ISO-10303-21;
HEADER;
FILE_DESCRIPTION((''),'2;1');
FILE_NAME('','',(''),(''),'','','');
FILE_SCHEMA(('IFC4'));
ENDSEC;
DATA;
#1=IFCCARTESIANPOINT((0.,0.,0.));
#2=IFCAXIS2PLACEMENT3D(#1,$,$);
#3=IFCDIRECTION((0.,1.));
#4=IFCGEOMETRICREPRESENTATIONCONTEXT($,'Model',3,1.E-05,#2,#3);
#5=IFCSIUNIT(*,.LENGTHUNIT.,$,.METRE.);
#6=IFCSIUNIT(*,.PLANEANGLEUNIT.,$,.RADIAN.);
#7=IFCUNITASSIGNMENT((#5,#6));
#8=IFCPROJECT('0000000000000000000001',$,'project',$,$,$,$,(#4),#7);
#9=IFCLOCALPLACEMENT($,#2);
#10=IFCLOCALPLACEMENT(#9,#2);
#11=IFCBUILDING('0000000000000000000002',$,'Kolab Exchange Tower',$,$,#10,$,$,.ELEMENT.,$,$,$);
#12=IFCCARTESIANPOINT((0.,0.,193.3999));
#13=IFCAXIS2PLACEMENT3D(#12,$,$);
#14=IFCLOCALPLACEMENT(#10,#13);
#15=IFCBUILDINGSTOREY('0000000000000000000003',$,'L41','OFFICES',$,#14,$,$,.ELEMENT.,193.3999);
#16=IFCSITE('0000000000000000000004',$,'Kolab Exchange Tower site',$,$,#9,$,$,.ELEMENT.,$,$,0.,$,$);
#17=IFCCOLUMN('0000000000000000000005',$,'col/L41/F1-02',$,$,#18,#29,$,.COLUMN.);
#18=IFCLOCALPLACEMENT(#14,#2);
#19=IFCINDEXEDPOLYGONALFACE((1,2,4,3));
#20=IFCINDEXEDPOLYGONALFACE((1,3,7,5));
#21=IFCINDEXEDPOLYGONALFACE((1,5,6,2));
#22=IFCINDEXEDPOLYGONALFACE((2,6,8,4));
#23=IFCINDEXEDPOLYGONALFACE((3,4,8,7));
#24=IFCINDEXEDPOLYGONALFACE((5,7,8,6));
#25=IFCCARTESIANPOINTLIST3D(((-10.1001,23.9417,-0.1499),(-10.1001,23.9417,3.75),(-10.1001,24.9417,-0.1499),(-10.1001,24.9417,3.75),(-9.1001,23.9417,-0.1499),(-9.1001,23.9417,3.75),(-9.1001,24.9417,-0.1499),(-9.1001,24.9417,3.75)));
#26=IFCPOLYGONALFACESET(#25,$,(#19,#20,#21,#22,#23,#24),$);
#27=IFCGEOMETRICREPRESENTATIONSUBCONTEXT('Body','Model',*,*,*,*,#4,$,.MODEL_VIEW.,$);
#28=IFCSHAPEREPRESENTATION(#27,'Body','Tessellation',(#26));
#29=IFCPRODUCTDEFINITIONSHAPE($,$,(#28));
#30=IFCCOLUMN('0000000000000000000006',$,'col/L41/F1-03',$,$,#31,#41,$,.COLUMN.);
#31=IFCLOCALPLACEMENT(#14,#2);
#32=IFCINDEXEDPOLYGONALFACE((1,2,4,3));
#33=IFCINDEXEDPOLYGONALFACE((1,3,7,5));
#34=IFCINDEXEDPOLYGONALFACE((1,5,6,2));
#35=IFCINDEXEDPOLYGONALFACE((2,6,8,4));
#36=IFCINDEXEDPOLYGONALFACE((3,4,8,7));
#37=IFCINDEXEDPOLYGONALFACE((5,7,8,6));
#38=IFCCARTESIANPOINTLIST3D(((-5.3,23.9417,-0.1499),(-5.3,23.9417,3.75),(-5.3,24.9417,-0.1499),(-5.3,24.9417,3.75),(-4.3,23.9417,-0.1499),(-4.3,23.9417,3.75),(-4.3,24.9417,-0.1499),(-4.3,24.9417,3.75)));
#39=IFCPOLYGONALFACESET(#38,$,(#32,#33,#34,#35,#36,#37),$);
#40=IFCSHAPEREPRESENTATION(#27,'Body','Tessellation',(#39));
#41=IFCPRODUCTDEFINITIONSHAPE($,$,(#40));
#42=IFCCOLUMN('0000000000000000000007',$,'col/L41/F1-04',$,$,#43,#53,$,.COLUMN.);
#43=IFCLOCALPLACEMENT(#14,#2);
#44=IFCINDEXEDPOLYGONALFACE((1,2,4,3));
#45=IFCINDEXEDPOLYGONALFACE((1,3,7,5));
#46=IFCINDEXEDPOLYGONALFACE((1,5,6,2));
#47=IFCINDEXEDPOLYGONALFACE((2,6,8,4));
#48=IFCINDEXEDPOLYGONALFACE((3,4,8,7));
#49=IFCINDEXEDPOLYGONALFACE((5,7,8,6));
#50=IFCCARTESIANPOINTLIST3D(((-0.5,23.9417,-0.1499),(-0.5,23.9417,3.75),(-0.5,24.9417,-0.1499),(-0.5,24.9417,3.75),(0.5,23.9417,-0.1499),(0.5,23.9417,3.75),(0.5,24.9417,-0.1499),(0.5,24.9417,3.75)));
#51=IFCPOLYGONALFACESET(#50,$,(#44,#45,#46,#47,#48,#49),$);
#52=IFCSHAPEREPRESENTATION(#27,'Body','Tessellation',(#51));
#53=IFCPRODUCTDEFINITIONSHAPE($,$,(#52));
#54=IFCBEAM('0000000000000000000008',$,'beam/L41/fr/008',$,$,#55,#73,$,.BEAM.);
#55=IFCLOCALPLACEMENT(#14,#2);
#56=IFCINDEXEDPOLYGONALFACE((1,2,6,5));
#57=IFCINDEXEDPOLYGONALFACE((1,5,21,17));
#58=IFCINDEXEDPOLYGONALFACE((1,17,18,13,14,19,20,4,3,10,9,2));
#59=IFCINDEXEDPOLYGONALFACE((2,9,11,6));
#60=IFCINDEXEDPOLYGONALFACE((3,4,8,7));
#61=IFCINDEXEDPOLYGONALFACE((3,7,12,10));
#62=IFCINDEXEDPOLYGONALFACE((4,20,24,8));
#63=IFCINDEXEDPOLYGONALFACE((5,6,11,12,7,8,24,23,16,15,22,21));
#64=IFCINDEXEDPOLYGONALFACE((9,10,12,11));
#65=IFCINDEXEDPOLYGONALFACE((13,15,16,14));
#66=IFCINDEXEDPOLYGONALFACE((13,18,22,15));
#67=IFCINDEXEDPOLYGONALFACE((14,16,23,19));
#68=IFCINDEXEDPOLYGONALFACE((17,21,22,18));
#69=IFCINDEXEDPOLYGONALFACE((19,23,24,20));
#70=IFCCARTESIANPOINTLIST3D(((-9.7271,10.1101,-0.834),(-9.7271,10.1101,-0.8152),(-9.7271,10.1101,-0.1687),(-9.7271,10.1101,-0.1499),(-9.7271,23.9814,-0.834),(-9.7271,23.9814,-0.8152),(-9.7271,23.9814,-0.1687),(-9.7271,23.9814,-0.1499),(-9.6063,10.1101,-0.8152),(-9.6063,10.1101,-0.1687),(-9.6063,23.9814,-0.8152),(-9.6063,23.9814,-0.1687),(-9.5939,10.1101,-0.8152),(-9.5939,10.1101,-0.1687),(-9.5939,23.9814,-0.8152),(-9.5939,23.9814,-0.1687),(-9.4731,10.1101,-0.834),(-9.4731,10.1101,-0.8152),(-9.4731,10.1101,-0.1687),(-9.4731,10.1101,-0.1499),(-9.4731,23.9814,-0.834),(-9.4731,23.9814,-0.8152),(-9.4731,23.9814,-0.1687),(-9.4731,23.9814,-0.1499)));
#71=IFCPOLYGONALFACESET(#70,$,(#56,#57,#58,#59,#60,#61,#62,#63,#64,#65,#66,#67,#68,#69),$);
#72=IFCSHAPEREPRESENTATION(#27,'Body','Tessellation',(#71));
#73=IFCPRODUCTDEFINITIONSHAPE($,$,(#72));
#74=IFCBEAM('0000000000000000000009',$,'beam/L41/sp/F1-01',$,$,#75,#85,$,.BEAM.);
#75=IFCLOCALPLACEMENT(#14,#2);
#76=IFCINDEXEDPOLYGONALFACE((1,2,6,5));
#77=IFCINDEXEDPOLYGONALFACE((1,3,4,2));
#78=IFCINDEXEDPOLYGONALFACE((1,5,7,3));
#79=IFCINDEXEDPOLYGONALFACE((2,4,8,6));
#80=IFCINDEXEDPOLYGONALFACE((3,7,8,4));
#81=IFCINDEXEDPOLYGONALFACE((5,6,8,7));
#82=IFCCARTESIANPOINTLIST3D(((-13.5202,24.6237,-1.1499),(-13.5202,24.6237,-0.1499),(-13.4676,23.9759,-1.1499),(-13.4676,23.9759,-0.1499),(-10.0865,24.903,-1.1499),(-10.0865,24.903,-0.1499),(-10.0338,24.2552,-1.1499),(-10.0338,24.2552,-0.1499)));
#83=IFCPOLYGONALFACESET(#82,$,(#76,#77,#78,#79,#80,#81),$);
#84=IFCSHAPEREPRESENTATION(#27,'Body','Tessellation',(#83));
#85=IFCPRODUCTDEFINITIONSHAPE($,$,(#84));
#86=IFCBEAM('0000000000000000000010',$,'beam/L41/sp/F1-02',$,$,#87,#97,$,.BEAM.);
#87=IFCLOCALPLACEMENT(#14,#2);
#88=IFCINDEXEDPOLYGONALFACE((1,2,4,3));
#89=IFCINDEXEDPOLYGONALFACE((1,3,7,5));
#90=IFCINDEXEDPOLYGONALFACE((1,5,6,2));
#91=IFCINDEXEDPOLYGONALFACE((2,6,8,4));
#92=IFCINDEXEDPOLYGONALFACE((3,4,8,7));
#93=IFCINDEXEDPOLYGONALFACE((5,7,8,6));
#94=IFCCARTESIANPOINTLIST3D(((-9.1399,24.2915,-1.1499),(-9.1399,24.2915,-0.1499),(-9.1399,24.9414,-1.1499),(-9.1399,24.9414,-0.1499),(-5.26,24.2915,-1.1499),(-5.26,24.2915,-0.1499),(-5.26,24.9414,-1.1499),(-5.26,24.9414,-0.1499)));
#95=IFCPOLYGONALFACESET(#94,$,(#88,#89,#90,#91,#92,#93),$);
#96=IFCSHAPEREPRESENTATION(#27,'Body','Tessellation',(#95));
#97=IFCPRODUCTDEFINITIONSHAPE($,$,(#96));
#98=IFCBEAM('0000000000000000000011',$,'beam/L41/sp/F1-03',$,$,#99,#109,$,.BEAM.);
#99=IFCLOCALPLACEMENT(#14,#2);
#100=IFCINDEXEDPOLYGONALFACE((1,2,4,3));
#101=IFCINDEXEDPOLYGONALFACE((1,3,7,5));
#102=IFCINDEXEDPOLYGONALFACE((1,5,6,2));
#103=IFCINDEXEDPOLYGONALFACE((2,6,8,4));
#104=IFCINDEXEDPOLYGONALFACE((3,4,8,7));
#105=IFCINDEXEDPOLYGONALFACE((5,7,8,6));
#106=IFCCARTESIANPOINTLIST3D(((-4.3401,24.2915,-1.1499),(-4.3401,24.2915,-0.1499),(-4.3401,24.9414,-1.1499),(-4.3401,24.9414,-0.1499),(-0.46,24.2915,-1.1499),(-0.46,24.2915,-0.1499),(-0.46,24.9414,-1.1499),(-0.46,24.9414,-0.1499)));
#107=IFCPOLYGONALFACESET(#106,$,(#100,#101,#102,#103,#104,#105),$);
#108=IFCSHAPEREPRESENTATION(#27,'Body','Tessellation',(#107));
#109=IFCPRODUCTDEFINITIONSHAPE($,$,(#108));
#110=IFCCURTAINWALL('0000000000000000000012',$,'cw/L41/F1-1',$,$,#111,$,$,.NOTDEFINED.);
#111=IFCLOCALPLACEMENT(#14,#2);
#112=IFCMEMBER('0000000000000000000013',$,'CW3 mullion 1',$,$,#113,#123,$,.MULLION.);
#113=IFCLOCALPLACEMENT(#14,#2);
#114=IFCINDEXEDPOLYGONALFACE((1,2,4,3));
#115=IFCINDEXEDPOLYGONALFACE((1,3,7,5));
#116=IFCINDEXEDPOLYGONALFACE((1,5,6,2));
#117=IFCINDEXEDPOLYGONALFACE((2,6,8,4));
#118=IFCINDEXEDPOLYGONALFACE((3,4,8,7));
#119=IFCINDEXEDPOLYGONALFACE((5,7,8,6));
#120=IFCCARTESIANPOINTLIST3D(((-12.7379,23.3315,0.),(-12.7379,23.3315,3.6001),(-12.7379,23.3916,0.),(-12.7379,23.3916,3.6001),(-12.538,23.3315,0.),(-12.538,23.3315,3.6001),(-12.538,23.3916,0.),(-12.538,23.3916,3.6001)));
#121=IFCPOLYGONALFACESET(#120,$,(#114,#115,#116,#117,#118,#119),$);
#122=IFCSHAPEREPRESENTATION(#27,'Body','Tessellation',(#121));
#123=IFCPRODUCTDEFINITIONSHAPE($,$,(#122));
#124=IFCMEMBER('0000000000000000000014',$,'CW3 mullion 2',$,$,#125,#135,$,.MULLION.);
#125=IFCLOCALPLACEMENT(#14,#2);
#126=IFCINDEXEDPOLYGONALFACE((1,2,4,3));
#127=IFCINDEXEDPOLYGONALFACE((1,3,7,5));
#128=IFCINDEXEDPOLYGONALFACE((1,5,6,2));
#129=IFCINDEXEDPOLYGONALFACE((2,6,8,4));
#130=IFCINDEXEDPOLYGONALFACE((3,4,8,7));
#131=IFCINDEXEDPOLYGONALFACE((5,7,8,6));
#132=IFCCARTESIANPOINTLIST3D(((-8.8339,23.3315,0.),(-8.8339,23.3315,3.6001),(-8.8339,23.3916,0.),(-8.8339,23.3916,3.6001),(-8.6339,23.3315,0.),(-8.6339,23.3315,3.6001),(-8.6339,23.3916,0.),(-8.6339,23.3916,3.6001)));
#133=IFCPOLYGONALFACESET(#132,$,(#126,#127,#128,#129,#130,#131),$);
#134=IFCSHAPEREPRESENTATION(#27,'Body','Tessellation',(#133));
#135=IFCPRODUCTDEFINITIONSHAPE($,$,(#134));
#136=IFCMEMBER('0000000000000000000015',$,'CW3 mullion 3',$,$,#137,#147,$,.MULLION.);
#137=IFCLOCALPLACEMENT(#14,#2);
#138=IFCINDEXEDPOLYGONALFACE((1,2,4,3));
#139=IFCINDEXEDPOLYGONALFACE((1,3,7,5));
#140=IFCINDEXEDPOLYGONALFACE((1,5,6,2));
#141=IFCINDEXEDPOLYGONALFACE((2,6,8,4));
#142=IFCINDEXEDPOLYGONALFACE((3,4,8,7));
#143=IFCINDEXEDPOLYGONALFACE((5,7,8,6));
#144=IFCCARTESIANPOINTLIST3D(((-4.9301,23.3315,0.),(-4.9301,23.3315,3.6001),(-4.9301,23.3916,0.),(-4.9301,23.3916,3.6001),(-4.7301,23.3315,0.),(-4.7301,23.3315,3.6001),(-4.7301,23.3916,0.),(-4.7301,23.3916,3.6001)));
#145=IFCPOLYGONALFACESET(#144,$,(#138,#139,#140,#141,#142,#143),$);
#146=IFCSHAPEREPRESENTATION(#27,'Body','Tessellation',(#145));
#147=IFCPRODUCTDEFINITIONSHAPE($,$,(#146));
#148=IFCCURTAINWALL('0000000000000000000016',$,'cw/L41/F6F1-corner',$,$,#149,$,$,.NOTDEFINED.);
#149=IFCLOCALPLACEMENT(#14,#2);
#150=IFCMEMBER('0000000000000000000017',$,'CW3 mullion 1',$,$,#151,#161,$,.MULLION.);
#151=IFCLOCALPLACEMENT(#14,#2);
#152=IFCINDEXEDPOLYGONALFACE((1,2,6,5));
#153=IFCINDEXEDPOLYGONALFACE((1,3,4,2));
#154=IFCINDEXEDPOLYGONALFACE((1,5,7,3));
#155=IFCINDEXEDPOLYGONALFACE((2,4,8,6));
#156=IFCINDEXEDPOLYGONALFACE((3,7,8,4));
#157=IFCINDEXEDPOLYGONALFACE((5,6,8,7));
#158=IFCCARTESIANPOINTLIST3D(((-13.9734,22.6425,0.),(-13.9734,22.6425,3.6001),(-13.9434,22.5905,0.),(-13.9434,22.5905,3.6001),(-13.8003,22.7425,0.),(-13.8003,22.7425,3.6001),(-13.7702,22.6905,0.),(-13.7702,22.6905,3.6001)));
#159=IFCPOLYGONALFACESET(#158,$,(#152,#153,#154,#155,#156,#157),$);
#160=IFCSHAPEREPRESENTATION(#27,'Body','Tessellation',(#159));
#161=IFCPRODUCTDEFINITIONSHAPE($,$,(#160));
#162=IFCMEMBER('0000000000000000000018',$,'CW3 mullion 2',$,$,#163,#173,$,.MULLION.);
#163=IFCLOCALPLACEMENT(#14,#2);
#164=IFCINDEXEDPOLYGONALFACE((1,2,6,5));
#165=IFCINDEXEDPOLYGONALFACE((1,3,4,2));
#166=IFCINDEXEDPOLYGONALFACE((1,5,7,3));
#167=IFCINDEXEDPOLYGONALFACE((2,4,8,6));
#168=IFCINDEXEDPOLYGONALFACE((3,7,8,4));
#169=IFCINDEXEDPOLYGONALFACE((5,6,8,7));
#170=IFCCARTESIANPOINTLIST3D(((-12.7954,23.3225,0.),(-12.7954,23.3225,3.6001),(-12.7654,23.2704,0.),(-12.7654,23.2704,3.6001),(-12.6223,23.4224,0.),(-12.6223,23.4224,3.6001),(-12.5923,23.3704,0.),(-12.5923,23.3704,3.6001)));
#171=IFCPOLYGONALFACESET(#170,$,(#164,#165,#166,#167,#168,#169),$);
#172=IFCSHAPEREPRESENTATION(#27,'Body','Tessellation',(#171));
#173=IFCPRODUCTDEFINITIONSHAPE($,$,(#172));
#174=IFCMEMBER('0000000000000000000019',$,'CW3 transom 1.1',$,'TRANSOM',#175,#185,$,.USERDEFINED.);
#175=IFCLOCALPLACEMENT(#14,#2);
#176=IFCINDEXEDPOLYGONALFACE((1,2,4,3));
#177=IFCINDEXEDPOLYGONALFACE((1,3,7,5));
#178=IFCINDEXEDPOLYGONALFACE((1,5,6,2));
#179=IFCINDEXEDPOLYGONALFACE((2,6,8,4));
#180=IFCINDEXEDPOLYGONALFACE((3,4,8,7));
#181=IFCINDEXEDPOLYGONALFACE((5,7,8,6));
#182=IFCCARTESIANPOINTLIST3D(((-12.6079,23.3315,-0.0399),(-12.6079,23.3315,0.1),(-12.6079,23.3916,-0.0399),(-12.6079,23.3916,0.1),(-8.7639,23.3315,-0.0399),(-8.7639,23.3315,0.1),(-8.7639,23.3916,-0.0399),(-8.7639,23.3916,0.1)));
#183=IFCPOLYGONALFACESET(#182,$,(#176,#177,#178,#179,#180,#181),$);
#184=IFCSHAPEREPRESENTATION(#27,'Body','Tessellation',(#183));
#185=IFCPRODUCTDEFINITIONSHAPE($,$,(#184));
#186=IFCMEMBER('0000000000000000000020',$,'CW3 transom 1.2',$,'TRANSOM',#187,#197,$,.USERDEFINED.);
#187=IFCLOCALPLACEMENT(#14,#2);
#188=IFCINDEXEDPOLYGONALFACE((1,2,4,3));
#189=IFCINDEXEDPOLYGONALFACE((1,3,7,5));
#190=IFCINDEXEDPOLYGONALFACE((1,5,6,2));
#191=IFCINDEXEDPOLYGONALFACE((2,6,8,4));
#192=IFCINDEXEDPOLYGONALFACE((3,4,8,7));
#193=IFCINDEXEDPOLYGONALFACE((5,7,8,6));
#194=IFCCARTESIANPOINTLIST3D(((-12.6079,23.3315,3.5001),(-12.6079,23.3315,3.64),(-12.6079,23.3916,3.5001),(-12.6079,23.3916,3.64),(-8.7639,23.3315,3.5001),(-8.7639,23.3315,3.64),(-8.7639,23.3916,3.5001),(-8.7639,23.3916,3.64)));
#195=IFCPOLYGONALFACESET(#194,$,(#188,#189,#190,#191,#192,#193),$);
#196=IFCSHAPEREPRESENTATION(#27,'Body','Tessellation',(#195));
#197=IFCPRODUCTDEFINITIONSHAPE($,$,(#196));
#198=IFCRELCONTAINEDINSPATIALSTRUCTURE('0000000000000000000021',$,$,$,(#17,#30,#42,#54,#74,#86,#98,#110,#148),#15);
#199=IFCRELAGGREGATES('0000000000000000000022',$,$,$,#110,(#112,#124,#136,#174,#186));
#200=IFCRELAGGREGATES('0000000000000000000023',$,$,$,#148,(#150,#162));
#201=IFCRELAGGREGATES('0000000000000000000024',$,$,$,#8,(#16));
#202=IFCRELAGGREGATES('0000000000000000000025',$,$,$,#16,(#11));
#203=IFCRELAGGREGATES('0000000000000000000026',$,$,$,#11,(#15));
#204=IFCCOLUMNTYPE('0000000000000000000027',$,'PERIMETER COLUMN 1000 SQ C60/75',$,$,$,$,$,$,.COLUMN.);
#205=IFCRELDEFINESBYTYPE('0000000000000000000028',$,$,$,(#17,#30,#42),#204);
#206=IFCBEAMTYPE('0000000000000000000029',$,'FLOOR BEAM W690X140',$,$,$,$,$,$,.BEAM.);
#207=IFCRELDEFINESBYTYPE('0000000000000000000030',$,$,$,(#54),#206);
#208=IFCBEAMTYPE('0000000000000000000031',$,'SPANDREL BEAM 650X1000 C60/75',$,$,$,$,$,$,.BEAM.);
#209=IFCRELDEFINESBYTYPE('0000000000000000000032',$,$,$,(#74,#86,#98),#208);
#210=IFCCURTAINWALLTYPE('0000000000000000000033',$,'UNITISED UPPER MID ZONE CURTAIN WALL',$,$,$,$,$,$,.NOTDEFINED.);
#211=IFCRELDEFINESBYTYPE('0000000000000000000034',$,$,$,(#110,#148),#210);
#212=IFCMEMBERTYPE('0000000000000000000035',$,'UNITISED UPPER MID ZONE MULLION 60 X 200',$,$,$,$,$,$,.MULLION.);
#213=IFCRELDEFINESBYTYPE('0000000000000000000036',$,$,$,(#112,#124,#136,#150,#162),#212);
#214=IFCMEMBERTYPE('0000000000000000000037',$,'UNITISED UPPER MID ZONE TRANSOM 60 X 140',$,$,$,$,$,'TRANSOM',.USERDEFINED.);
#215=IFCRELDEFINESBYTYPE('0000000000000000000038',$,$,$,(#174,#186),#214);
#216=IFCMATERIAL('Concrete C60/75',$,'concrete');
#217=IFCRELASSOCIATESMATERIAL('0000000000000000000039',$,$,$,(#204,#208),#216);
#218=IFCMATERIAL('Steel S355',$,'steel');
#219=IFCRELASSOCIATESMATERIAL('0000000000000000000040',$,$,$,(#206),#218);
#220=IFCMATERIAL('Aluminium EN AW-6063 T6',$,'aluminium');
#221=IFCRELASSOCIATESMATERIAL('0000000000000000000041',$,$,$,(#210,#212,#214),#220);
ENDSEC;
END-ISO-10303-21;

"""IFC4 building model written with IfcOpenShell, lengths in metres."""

from ifc_helpers import new_model, si_unit, direction, frame, origin, origin_2d, place, context, subcontext, project, spatial, rectangle, i_section, extrude, material, material_profile, profile_set, type_object, element, aggregate, save


model = new_model("IFC4")

# Units and contexts
model_context = context("Model", 3, precision=1e-05, world=origin(), true_north=direction((0.0, 1.0)))
body_context = subcontext(model_context, "Body", "Model", "MODEL_VIEW")
ifc_project = project(units=[si_unit("LENGTHUNIT", "METRE"), si_unit("PLANEANGLEUNIT", "RADIAN")], contexts=[model_context])

# Site, building, storey
site_placement = place(None, origin())
site = spatial("IfcSite", under=ifc_project, at=site_placement, Name="Kolab Exchange Tower site", CompositionType="ELEMENT", RefElevation=0.0)
building_placement = place(site_placement, origin())
building = spatial("IfcBuilding", under=site, at=building_placement, Name="Kolab Exchange Tower", CompositionType="ELEMENT")
storey_placement = place(building_placement, frame((0.0, 0.0, 193.3999)))
storey = spatial("IfcBuildingStorey", under=building, at=storey_placement, Name="L41", Description="OFFICES", CompositionType="ELEMENT", Elevation=193.3999)

# Columns
ifc_material_1 = material(Name="Concrete C60/75", Category="concrete")
ifc_material_profile_1 = material_profile(ifc_material_1, rectangle(XDim=1.0, YDim=1.0, at=origin_2d()), Name="RC1000")
ifc_profile_set_1 = profile_set([ifc_material_profile_1], Name="Concrete C60/75")
column_type = type_object("IfcColumnType", Name="PERIMETER COLUMN 1000 SQ C60/75", PredefinedType="COLUMN", material=ifc_profile_set_1)
for number, where, z_axis, x_axis, name in (
    (1, (-9.6001, 24.4417, -0.1499), (0.0, 0.0, 1.0), (1.0, 0.0, 0.0), "col/L41/F1-02"),
    (2, (-4.8, 24.4417, -0.1499), (0.0, 0.0, 1.0), (1.0, 0.0, 0.0), "col/L41/F1-03"),
    (3, (0.0, 24.4417, -0.1499), (0.0, 0.0, 1.0), (1.0, 0.0, 0.0), "col/L41/F1-04"),
):
    element("IfcColumn", number, at=place(storey_placement, frame(where, z_axis=z_axis, x_axis=x_axis)), inside=storey, type_object=column_type, Name=name, PredefinedType="COLUMN", context=body_context, shape_type="SweptSolid", body=[
        extrude(rectangle(XDim=1.0, YDim=1.0, at=origin_2d()), origin(), (0.0, 0.0, 1.0), 3.8999),
    ])

# Beams
ifc_material_2 = material(Name="Steel S355", Category="steel")
ifc_material_profile_2 = material_profile(ifc_material_2, i_section(OverallWidth=0.2539, OverallDepth=0.6841, WebThickness=0.0125, FlangeThickness=0.0188, at=origin_2d()), Name="W690X140")
ifc_profile_set_2 = profile_set([ifc_material_profile_2], Name="Steel S355")
beam_type_1 = type_object("IfcBeamType", Name="FLOOR BEAM W690X140", PredefinedType="BEAM", material=ifc_profile_set_2)
beam_1_placement = place(storey_placement, frame((-9.6001, 10.1101, -0.4919), z_axis=(0.0, 1.0, 0.0), x_axis=(-1.0, 0.0, 0.0)))
element("IfcBeam", 4, at=beam_1_placement, inside=storey, type_object=beam_type_1, Name="beam/L41/fr/008", PredefinedType="BEAM", context=body_context, shape_type="SweptSolid", body=[
    extrude(i_section(OverallWidth=0.2539, OverallDepth=0.6841, WebThickness=0.0125, FlangeThickness=0.0188, at=origin_2d()), origin(), (0.0, 0.0, 1.0), 13.8713),
])
ifc_material_profile_3 = material_profile(ifc_material_1, rectangle(XDim=0.6499, YDim=1.0, at=origin_2d()), Name="RC650X1000")
ifc_profile_set_3 = profile_set([ifc_material_profile_3], Name="Concrete C60/75")
beam_type_2 = type_object("IfcBeamType", Name="SPANDREL BEAM 650X1000 C60/75", PredefinedType="BEAM", material=ifc_profile_set_3)
beam_2_placement = place(storey_placement, frame((-13.4939, 24.2998, -0.6499), z_axis=(0.996708, 0.081069, 0.0), x_axis=(-0.081069, 0.996708, 0.0)))
element("IfcBeam", 5, at=beam_2_placement, inside=storey, type_object=beam_type_2, Name="beam/L41/sp/F1-01", PredefinedType="BEAM", context=body_context, shape_type="SweptSolid", body=[
    extrude(rectangle(XDim=0.6499, YDim=1.0, at=origin_2d()), origin(), (0.0, 0.0, 1.0), 3.4451),
])
beam_3_placement = place(storey_placement, frame((-9.1399, 24.6165, -0.6499), z_axis=(1.0, 0.0, 0.0), x_axis=(0.0, 1.0, 0.0)))
element("IfcBeam", 6, at=beam_3_placement, inside=storey, type_object=beam_type_2, Name="beam/L41/sp/F1-02", PredefinedType="BEAM", context=body_context, shape_type="SweptSolid", body=[
    extrude(rectangle(XDim=0.6499, YDim=1.0, at=origin_2d()), origin(), (0.0, 0.0, 1.0), 3.8799),
])
beam_4_placement = place(storey_placement, frame((-4.3401, 24.6165, -0.6499), z_axis=(1.0, 0.0, 0.0), x_axis=(0.0, 1.0, 0.0)))
element("IfcBeam", 7, at=beam_4_placement, inside=storey, type_object=beam_type_2, Name="beam/L41/sp/F1-03", PredefinedType="BEAM", context=body_context, shape_type="SweptSolid", body=[
    extrude(rectangle(XDim=0.6499, YDim=1.0, at=origin_2d()), origin(), (0.0, 0.0, 1.0), 3.8801),
])

# Curtain walls, members
ifc_material_3 = material(Name="Aluminium EN AW-6063 T6", Category="aluminium")
curtain_wall_type = type_object("IfcCurtainWallType", Name="UNITISED UPPER MID ZONE CURTAIN WALL", PredefinedType="NOTDEFINED", material=ifc_material_3)
curtain_wall_1_placement = place(storey_placement, origin())
curtain_wall_1 = element("IfcCurtainWall", 8, at=curtain_wall_1_placement, inside=storey, type_object=curtain_wall_type, Name="cw/L41/F1-1", PredefinedType="NOTDEFINED")
ifc_material_profile_4 = material_profile(ifc_material_3, rectangle(XDim=0.0601, YDim=0.2, at=origin_2d()), Name="RECT 60X200")
ifc_profile_set_4 = profile_set([ifc_material_profile_4], Name="Aluminium EN AW-6063 T6")
member_type_1 = type_object("IfcMemberType", Name="UNITISED UPPER MID ZONE MULLION 60 X 200", PredefinedType="MULLION", material=ifc_profile_set_4)
member_1_placement = place(storey_placement, frame((-12.6379, 23.3616, 0.0), z_axis=(0.0, 0.0, 1.0), x_axis=(0.0, 1.0, 0.0)))
member_1 = element("IfcMember", 9, at=member_1_placement, type_object=member_type_1, Name="CW3 mullion 1", PredefinedType="MULLION", context=body_context, shape_type="SweptSolid", body=[
    extrude(rectangle(XDim=0.0601, YDim=0.2, at=origin_2d()), origin(), (0.0, 0.0, 1.0), 3.6001),
])
member_2_placement = place(storey_placement, frame((-8.7339, 23.3616, 0.0), z_axis=(0.0, 0.0, 1.0), x_axis=(0.0, 1.0, 0.0)))
member_2 = element("IfcMember", 10, at=member_2_placement, type_object=member_type_1, Name="CW3 mullion 2", PredefinedType="MULLION", context=body_context, shape_type="SweptSolid", body=[
    extrude(rectangle(XDim=0.0601, YDim=0.2, at=origin_2d()), origin(), (0.0, 0.0, 1.0), 3.6001),
])
member_3_placement = place(storey_placement, frame((-4.8301, 23.3616, 0.0), z_axis=(0.0, 0.0, 1.0), x_axis=(0.0, 1.0, 0.0)))
member_3 = element("IfcMember", 11, at=member_3_placement, type_object=member_type_1, Name="CW3 mullion 3", PredefinedType="MULLION", context=body_context, shape_type="SweptSolid", body=[
    extrude(rectangle(XDim=0.0601, YDim=0.2, at=origin_2d()), origin(), (0.0, 0.0, 1.0), 3.6001),
])
curtain_wall_2_placement = place(storey_placement, origin())
curtain_wall_2 = element("IfcCurtainWall", 12, at=curtain_wall_2_placement, inside=storey, type_object=curtain_wall_type, Name="cw/L41/F6F1-corner", PredefinedType="NOTDEFINED")
member_4_placement = place(storey_placement, frame((-13.8718, 22.6665, 0.0), z_axis=(0.0, 0.0, 1.0), x_axis=(-0.5, 0.866025, 0.0)))
member_4 = element("IfcMember", 13, at=member_4_placement, type_object=member_type_1, Name="CW3 mullion 1", PredefinedType="MULLION", context=body_context, shape_type="SweptSolid", body=[
    extrude(rectangle(XDim=0.0601, YDim=0.2, at=origin_2d()), origin(), (0.0, 0.0, 1.0), 3.6001),
])
member_5_placement = place(storey_placement, frame((-12.6938, 23.3464, 0.0), z_axis=(0.0, 0.0, 1.0), x_axis=(-0.5, 0.866025, 0.0)))
member_5 = element("IfcMember", 14, at=member_5_placement, type_object=member_type_1, Name="CW3 mullion 2", PredefinedType="MULLION", context=body_context, shape_type="SweptSolid", body=[
    extrude(rectangle(XDim=0.0601, YDim=0.2, at=origin_2d()), origin(), (0.0, 0.0, 1.0), 3.6001),
])

# Members
ifc_material_profile_5 = material_profile(ifc_material_3, rectangle(XDim=0.0601, YDim=0.1399, at=origin_2d()), Name="RECT 60X140")
ifc_profile_set_5 = profile_set([ifc_material_profile_5], Name="Aluminium EN AW-6063 T6")
member_type_2 = type_object("IfcMemberType", Name="UNITISED UPPER MID ZONE TRANSOM 60 X 140", ElementType="TRANSOM", PredefinedType="USERDEFINED", material=ifc_profile_set_5)
member_6_placement = place(storey_placement, frame((-12.6079, 23.3616, 0.03), z_axis=(1.0, 0.0, 0.0), x_axis=(0.0, 1.0, 0.0)))
member_6 = element("IfcMember", 15, at=member_6_placement, type_object=member_type_2, Name="CW3 transom 1.1", ObjectType="TRANSOM", PredefinedType="USERDEFINED", context=body_context, shape_type="SweptSolid", body=[
    extrude(rectangle(XDim=0.0601, YDim=0.1399, at=origin_2d()), origin(), (0.0, 0.0, 1.0), 3.844),
])
member_7_placement = place(storey_placement, frame((-12.6079, 23.3616, 3.5701), z_axis=(1.0, 0.0, 0.0), x_axis=(0.0, 1.0, 0.0)))
member_7 = element("IfcMember", 16, at=member_7_placement, type_object=member_type_2, Name="CW3 transom 1.2", ObjectType="TRANSOM", PredefinedType="USERDEFINED", context=body_context, shape_type="SweptSolid", body=[
    extrude(rectangle(XDim=0.0601, YDim=0.1399, at=origin_2d()), origin(), (0.0, 0.0, 1.0), 3.844),
])

aggregate(curtain_wall_1, [member_1, member_2, member_3, member_6, member_7])
aggregate(curtain_wall_2, [member_4, member_5])

save(model, "model.ifc")
